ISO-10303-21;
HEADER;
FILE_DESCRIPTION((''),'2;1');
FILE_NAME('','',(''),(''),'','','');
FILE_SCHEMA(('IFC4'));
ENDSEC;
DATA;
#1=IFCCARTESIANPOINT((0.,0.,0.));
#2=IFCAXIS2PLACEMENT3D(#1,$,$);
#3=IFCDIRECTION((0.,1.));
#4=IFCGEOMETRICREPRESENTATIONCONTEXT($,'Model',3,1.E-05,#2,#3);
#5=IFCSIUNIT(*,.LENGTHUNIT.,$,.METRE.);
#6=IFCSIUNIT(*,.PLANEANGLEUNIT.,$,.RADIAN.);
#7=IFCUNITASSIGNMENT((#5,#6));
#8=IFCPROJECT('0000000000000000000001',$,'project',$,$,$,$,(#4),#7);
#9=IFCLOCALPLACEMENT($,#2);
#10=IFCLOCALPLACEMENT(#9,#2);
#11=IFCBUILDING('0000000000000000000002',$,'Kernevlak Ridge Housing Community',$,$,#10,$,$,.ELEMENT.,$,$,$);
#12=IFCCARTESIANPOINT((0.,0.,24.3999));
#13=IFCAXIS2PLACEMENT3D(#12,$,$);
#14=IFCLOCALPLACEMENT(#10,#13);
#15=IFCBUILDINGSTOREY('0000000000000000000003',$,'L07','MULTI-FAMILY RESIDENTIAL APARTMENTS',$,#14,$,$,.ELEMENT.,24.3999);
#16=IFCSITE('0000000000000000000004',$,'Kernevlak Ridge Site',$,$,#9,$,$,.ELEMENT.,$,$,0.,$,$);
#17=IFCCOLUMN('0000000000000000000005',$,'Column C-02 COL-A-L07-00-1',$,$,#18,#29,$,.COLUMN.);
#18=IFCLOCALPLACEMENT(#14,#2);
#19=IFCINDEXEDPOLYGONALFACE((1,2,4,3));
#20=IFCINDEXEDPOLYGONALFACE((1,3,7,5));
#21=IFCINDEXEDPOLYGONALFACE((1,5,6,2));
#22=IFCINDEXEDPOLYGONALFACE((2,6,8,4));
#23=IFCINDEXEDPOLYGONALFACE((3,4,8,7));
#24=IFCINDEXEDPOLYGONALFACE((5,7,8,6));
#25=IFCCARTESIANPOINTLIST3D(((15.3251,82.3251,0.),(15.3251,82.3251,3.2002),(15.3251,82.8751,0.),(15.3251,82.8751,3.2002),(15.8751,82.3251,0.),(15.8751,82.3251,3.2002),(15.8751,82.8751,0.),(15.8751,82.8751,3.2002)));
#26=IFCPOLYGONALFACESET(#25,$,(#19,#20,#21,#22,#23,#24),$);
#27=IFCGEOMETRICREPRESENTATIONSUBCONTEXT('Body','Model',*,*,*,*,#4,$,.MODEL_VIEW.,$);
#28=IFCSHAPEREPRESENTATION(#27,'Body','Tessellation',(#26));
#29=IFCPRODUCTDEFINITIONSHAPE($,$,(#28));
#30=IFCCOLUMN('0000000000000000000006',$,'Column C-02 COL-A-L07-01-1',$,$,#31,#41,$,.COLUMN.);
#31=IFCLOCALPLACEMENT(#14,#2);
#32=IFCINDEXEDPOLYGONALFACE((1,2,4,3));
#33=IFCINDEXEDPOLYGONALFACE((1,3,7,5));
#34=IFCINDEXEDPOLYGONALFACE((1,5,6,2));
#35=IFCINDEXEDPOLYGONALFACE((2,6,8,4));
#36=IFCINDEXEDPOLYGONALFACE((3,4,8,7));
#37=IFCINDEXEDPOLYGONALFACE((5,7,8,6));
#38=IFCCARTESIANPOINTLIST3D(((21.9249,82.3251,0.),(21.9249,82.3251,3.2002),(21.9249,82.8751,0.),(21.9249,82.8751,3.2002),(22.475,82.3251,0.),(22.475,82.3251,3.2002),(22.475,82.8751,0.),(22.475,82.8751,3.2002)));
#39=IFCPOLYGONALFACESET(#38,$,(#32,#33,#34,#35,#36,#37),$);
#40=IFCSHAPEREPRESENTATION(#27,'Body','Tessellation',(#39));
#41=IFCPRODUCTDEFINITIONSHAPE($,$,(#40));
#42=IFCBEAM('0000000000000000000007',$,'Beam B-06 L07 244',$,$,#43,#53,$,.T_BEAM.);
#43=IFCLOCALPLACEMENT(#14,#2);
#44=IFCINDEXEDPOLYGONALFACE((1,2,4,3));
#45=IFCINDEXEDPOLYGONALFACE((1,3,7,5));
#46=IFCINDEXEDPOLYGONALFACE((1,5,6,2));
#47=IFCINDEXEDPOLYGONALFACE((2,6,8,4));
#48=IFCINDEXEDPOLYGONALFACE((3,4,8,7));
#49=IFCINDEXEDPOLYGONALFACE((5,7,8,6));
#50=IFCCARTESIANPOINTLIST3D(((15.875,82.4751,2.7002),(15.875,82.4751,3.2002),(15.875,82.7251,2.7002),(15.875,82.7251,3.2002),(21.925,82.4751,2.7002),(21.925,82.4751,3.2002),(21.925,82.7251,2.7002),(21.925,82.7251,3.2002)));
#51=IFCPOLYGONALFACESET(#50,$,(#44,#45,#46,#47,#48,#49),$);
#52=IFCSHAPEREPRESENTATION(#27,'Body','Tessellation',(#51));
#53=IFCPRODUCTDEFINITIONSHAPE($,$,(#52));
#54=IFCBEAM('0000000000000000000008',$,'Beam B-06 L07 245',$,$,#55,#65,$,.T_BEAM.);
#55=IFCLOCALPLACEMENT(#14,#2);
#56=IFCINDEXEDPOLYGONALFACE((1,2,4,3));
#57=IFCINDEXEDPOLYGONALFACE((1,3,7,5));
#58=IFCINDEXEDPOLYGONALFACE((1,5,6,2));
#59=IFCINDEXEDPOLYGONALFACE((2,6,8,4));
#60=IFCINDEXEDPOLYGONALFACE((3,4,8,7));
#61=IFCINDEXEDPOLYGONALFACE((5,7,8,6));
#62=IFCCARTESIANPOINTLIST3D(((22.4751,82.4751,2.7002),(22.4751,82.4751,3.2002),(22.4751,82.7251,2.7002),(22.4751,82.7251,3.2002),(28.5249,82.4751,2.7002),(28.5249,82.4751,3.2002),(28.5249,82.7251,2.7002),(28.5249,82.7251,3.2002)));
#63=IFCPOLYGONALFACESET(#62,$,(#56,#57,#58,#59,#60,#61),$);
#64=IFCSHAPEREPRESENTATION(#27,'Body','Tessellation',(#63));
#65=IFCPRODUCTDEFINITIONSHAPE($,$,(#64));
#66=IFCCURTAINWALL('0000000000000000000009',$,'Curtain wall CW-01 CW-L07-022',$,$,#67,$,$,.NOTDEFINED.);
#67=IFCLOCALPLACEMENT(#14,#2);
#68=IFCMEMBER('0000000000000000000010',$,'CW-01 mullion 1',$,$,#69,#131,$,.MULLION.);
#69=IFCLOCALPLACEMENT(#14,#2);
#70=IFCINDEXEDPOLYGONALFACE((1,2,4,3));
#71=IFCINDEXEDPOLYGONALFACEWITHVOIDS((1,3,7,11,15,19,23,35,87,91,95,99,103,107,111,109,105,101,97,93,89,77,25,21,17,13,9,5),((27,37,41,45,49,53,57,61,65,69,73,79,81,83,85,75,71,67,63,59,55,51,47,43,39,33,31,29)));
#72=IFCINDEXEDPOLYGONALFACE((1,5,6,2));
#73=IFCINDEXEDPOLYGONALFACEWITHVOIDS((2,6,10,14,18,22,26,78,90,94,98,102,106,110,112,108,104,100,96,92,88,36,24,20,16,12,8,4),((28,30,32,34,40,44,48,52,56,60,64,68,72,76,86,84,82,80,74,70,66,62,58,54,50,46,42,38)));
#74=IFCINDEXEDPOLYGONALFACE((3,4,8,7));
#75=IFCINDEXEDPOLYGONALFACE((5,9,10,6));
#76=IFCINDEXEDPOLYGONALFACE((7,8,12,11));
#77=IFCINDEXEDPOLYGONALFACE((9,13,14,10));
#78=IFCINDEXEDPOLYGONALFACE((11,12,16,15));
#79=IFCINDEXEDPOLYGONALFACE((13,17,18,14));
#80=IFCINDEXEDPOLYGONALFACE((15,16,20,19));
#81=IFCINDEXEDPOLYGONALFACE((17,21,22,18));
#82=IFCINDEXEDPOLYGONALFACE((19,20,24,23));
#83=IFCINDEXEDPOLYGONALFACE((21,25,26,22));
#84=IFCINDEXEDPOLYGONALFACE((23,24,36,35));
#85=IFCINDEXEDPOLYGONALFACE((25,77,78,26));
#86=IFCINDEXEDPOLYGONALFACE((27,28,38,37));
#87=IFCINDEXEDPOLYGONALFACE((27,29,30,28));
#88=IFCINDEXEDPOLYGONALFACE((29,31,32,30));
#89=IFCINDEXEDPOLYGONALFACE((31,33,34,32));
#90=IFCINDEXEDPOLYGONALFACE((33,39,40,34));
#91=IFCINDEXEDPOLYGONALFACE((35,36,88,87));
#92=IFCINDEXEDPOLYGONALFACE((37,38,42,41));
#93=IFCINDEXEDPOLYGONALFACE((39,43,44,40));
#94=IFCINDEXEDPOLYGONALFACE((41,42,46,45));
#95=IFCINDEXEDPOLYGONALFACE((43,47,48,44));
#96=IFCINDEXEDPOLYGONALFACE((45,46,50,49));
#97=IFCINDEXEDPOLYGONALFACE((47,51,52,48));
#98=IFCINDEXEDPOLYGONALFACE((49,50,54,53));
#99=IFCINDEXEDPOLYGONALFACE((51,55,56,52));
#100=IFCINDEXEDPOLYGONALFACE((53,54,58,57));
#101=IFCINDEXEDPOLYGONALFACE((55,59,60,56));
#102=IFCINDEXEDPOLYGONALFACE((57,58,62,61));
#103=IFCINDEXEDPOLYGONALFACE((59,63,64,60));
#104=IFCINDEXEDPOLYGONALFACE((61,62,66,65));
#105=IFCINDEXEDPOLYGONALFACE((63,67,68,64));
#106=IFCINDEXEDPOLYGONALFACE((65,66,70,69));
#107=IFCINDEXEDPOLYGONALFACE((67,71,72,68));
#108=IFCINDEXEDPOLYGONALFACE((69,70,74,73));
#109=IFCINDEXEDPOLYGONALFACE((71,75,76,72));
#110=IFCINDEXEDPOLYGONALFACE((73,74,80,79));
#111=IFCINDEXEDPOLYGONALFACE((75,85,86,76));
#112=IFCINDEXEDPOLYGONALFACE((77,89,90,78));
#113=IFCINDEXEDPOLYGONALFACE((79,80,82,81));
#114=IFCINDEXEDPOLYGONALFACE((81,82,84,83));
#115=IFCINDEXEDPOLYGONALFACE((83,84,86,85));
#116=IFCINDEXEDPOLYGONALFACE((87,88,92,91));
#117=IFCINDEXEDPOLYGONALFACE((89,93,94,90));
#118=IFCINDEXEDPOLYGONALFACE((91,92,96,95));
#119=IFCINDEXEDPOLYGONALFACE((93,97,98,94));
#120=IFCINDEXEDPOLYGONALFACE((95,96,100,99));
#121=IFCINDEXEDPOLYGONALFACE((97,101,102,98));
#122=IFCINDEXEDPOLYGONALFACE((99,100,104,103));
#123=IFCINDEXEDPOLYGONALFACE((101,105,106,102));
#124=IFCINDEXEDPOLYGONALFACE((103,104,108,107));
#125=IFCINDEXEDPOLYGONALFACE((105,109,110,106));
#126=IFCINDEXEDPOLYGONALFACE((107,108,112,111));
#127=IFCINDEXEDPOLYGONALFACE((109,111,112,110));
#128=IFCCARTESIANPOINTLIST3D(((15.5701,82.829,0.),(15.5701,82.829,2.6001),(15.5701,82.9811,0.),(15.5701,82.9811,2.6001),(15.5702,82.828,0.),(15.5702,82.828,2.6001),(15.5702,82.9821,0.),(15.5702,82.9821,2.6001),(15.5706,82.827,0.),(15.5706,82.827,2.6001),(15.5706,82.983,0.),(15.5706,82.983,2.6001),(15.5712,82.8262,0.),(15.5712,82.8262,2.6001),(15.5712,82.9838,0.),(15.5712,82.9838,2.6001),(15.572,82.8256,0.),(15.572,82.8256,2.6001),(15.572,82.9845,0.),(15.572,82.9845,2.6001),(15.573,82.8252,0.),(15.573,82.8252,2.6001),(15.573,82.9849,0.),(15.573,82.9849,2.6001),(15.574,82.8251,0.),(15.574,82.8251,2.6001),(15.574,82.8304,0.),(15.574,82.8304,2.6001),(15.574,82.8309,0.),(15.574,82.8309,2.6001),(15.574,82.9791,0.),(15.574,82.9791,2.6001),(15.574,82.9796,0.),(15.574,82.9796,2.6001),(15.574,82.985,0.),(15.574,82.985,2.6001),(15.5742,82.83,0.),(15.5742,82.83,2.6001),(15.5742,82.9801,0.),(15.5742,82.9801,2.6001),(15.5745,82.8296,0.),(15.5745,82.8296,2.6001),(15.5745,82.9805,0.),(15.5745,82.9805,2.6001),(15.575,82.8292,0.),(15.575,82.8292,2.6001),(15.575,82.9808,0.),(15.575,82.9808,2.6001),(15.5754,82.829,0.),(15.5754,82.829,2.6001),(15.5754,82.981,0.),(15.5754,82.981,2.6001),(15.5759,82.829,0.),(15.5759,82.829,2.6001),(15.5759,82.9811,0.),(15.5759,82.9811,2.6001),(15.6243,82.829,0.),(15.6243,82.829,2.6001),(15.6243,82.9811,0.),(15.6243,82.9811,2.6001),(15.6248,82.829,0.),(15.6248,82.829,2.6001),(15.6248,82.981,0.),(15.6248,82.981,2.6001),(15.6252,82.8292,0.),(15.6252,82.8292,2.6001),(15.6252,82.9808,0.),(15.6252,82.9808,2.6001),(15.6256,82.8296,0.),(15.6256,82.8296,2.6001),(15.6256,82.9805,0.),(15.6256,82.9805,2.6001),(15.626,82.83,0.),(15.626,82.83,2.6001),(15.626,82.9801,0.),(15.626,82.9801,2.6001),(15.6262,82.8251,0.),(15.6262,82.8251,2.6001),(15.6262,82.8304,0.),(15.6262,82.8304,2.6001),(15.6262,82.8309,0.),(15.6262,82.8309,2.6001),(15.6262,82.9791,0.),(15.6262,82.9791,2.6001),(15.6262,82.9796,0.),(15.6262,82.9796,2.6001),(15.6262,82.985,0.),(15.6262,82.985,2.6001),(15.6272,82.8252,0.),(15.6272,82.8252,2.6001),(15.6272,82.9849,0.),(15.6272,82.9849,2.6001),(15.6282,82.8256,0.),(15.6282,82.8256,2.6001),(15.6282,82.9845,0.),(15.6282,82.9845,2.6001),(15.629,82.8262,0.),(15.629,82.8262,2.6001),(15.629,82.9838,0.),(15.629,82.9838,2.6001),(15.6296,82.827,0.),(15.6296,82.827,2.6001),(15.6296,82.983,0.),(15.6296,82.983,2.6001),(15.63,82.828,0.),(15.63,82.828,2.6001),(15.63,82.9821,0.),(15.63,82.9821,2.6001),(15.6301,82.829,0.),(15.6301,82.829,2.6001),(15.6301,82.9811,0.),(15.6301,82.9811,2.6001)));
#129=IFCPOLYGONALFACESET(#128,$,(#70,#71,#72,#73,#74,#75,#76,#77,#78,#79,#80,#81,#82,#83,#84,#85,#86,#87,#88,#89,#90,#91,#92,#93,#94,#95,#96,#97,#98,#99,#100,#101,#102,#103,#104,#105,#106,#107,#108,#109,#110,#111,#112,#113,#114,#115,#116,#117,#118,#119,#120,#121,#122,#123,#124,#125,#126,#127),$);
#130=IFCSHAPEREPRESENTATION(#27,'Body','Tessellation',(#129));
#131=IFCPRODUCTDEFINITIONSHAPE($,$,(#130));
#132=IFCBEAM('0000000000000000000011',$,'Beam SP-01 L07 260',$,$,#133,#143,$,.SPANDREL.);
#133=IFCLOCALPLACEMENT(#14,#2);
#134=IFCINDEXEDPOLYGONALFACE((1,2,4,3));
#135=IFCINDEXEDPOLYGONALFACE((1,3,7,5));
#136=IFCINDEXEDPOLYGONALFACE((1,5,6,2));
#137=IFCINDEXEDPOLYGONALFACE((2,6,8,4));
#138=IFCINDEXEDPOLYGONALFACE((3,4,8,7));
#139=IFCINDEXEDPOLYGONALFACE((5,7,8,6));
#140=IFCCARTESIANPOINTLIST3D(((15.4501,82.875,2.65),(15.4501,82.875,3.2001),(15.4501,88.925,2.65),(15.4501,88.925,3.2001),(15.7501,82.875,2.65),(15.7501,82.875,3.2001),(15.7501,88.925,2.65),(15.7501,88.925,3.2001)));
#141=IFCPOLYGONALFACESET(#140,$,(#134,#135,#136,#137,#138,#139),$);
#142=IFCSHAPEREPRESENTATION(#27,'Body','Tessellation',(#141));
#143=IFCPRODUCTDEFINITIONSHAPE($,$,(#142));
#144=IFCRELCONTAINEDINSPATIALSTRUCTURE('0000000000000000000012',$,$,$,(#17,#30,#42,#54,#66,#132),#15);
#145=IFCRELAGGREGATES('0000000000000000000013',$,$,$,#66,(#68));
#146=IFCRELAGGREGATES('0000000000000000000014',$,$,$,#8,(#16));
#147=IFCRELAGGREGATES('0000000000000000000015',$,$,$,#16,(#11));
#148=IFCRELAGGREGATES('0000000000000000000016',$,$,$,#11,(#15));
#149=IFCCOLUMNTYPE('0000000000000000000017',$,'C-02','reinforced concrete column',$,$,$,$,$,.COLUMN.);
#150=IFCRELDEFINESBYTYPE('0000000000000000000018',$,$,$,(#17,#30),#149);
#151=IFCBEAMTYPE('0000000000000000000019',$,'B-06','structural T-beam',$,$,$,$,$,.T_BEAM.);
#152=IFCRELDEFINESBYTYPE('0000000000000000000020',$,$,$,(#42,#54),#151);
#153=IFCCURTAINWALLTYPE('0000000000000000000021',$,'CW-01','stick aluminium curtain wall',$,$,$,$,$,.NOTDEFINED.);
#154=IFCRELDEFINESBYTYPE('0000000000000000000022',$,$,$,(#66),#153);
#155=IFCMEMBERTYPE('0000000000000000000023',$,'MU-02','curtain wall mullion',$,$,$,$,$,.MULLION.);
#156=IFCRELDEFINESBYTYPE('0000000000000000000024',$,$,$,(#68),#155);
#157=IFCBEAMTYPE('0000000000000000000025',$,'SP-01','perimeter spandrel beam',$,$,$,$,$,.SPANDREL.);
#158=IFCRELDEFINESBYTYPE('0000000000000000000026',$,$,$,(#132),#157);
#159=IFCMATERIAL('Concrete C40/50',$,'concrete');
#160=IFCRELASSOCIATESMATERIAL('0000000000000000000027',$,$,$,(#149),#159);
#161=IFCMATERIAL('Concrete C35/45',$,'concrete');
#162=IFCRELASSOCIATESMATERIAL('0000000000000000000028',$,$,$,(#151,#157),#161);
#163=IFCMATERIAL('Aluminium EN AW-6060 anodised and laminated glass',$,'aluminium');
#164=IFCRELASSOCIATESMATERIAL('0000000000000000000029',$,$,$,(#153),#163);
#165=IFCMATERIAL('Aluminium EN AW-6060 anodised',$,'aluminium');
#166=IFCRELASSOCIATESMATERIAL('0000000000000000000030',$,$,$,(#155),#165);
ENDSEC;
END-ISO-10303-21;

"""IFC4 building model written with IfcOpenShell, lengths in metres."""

from ifc_helpers import new_model, si_unit, direction, frame, origin, origin_2d, place, context, subcontext, project, spatial, rectangle, hollow_rectangle, extrude, material, material_profile, profile_set, type_object, element, aggregate, save


model = new_model("IFC4")

# Units and contexts
model_context = context("Model", 3, precision=1e-05, world=origin(), true_north=direction((0.0, 1.0)))
body_context = subcontext(model_context, "Body", "Model", "MODEL_VIEW")
ifc_project = project(units=[si_unit("LENGTHUNIT", "METRE"), si_unit("PLANEANGLEUNIT", "RADIAN")], contexts=[model_context])

# Site, building, storey
site_placement = place(None, origin())
site = spatial("IfcSite", under=ifc_project, at=site_placement, Name="Kernevlak Ridge Site", CompositionType="ELEMENT", RefElevation=0.0)
building_placement = place(site_placement, origin())
building = spatial("IfcBuilding", under=site, at=building_placement, Name="Kernevlak Ridge Housing Community", CompositionType="ELEMENT")
storey_placement = place(building_placement, frame((0.0, 0.0, 24.3999)))
storey = spatial("IfcBuildingStorey", under=building, at=storey_placement, Name="L07", Description="MULTI-FAMILY RESIDENTIAL APARTMENTS", CompositionType="ELEMENT", Elevation=24.3999)

# Columns
ifc_material_1 = material(Name="Concrete C40/50", Category="concrete")
ifc_material_profile_1 = material_profile(ifc_material_1, rectangle(XDim=0.55, YDim=0.55, at=origin_2d()), Name="RC 550x550")
ifc_profile_set_1 = profile_set([ifc_material_profile_1], Name="Concrete C40/50")
column_type = type_object("IfcColumnType", Name="C-02", Description="reinforced concrete column", PredefinedType="COLUMN", material=ifc_profile_set_1)
for number, where, z_axis, x_axis, name in (
    (1, (15.6001, 82.6001, 0.0), (0.0, 0.0, 1.0), (1.0, 0.0, 0.0), "Column C-02 COL-A-L07-00-1"),
    (2, (22.2, 82.6001, 0.0), (0.0, 0.0, 1.0), (1.0, 0.0, 0.0), "Column C-02 COL-A-L07-01-1"),
):
    element("IfcColumn", number, at=place(storey_placement, frame(where, z_axis=z_axis, x_axis=x_axis)), inside=storey, type_object=column_type, Name=name, PredefinedType="COLUMN", context=body_context, shape_type="SweptSolid", body=[
        extrude(rectangle(XDim=0.55, YDim=0.55, at=origin_2d()), origin(), (0.0, 0.0, 1.0), 3.2002),
    ])

# Beams
ifc_material_2 = material(Name="Concrete C35/45", Category="concrete")
ifc_material_profile_2 = material_profile(ifc_material_2, rectangle(XDim=0.25, YDim=0.5, at=origin_2d()), Name="RC 250x500")
ifc_profile_set_2 = profile_set([ifc_material_profile_2], Name="Concrete C35/45")
beam_type_1 = type_object("IfcBeamType", Name="B-06", Description="structural T-beam", PredefinedType="T_BEAM", material=ifc_profile_set_2)
beam_1_placement = place(storey_placement, frame((15.875, 82.6001, 2.9502), z_axis=(1.0, 0.0, 0.0), x_axis=(0.0, 1.0, 0.0)))
element("IfcBeam", 3, at=beam_1_placement, inside=storey, type_object=beam_type_1, Name="Beam B-06 L07 244", PredefinedType="T_BEAM", context=body_context, shape_type="SweptSolid", body=[
    extrude(rectangle(XDim=0.25, YDim=0.5, at=origin_2d()), origin(), (0.0, 0.0, 1.0), 6.05),
])
beam_2_placement = place(storey_placement, frame((22.4751, 82.6001, 2.9502), z_axis=(1.0, 0.0, 0.0), x_axis=(0.0, 1.0, 0.0)))
element("IfcBeam", 4, at=beam_2_placement, inside=storey, type_object=beam_type_1, Name="Beam B-06 L07 245", PredefinedType="T_BEAM", context=body_context, shape_type="SweptSolid", body=[
    extrude(rectangle(XDim=0.25, YDim=0.5, at=origin_2d()), origin(), (0.0, 0.0, 1.0), 6.0498),
])

# Curtain wall, member
ifc_material_3 = material(Name="Aluminium EN AW-6060 anodised and laminated glass", Category="aluminium")
curtain_wall_type = type_object("IfcCurtainWallType", Name="CW-01", Description="stick aluminium curtain wall", PredefinedType="NOTDEFINED", material=ifc_material_3)
curtain_wall_placement = place(storey_placement, origin())
curtain_wall = element("IfcCurtainWall", 5, at=curtain_wall_placement, inside=storey, type_object=curtain_wall_type, Name="Curtain wall CW-01 CW-L07-022", PredefinedType="NOTDEFINED")
ifc_material_4 = material(Name="Aluminium EN AW-6060 anodised", Category="aluminium")
ifc_material_profile_3 = material_profile(ifc_material_4, hollow_rectangle(XDim=0.0601, YDim=0.1599, WallThickness=0.0039, InnerFilletRadius=0.002, OuterFilletRadius=0.0039, at=origin_2d()), Name="ALU 60x160x4")
ifc_profile_set_3 = profile_set([ifc_material_profile_3], Name="Aluminium EN AW-6060 anodised")
member_type_1 = type_object("IfcMemberType", Name="MU-02", Description="curtain wall mullion", PredefinedType="MULLION", material=ifc_profile_set_3)
member_1_placement = place(storey_placement, frame((15.6001, 82.905, 0.0), z_axis=(0.0, 0.0, 1.0), x_axis=(-1.0, 0.0, 0.0)))
member_1 = element("IfcMember", 6, at=member_1_placement, type_object=member_type_1, Name="CW-01 mullion 1", PredefinedType="MULLION", context=body_context, shape_type="SweptSolid", body=[
    extrude(hollow_rectangle(XDim=0.0601, YDim=0.1599, WallThickness=0.0039, InnerFilletRadius=0.002, OuterFilletRadius=0.0039, at=origin_2d()), origin(), (0.0, 0.0, 1.0), 2.6001),
])

# Beam
ifc_material_profile_4 = material_profile(ifc_material_2, rectangle(XDim=0.3, YDim=0.55, at=origin_2d()), Name="RC 300x550")
ifc_profile_set_4 = profile_set([ifc_material_profile_4], Name="Concrete C35/45")
beam_type_2 = type_object("IfcBeamType", Name="SP-01", Description="perimeter spandrel beam", PredefinedType="SPANDREL", material=ifc_profile_set_4)
beam_3_placement = place(storey_placement, frame((15.6001, 82.875, 2.925), z_axis=(0.0, 1.0, 0.0), x_axis=(-1.0, 0.0, 0.0)))
element("IfcBeam", 7, at=beam_3_placement, inside=storey, type_object=beam_type_2, Name="Beam SP-01 L07 260", PredefinedType="SPANDREL", context=body_context, shape_type="SweptSolid", body=[
    extrude(rectangle(XDim=0.3, YDim=0.55, at=origin_2d()), origin(), (0.0, 0.0, 1.0), 6.05),
])

aggregate(curtain_wall, [member_1])

save(model, "model.ifc")
